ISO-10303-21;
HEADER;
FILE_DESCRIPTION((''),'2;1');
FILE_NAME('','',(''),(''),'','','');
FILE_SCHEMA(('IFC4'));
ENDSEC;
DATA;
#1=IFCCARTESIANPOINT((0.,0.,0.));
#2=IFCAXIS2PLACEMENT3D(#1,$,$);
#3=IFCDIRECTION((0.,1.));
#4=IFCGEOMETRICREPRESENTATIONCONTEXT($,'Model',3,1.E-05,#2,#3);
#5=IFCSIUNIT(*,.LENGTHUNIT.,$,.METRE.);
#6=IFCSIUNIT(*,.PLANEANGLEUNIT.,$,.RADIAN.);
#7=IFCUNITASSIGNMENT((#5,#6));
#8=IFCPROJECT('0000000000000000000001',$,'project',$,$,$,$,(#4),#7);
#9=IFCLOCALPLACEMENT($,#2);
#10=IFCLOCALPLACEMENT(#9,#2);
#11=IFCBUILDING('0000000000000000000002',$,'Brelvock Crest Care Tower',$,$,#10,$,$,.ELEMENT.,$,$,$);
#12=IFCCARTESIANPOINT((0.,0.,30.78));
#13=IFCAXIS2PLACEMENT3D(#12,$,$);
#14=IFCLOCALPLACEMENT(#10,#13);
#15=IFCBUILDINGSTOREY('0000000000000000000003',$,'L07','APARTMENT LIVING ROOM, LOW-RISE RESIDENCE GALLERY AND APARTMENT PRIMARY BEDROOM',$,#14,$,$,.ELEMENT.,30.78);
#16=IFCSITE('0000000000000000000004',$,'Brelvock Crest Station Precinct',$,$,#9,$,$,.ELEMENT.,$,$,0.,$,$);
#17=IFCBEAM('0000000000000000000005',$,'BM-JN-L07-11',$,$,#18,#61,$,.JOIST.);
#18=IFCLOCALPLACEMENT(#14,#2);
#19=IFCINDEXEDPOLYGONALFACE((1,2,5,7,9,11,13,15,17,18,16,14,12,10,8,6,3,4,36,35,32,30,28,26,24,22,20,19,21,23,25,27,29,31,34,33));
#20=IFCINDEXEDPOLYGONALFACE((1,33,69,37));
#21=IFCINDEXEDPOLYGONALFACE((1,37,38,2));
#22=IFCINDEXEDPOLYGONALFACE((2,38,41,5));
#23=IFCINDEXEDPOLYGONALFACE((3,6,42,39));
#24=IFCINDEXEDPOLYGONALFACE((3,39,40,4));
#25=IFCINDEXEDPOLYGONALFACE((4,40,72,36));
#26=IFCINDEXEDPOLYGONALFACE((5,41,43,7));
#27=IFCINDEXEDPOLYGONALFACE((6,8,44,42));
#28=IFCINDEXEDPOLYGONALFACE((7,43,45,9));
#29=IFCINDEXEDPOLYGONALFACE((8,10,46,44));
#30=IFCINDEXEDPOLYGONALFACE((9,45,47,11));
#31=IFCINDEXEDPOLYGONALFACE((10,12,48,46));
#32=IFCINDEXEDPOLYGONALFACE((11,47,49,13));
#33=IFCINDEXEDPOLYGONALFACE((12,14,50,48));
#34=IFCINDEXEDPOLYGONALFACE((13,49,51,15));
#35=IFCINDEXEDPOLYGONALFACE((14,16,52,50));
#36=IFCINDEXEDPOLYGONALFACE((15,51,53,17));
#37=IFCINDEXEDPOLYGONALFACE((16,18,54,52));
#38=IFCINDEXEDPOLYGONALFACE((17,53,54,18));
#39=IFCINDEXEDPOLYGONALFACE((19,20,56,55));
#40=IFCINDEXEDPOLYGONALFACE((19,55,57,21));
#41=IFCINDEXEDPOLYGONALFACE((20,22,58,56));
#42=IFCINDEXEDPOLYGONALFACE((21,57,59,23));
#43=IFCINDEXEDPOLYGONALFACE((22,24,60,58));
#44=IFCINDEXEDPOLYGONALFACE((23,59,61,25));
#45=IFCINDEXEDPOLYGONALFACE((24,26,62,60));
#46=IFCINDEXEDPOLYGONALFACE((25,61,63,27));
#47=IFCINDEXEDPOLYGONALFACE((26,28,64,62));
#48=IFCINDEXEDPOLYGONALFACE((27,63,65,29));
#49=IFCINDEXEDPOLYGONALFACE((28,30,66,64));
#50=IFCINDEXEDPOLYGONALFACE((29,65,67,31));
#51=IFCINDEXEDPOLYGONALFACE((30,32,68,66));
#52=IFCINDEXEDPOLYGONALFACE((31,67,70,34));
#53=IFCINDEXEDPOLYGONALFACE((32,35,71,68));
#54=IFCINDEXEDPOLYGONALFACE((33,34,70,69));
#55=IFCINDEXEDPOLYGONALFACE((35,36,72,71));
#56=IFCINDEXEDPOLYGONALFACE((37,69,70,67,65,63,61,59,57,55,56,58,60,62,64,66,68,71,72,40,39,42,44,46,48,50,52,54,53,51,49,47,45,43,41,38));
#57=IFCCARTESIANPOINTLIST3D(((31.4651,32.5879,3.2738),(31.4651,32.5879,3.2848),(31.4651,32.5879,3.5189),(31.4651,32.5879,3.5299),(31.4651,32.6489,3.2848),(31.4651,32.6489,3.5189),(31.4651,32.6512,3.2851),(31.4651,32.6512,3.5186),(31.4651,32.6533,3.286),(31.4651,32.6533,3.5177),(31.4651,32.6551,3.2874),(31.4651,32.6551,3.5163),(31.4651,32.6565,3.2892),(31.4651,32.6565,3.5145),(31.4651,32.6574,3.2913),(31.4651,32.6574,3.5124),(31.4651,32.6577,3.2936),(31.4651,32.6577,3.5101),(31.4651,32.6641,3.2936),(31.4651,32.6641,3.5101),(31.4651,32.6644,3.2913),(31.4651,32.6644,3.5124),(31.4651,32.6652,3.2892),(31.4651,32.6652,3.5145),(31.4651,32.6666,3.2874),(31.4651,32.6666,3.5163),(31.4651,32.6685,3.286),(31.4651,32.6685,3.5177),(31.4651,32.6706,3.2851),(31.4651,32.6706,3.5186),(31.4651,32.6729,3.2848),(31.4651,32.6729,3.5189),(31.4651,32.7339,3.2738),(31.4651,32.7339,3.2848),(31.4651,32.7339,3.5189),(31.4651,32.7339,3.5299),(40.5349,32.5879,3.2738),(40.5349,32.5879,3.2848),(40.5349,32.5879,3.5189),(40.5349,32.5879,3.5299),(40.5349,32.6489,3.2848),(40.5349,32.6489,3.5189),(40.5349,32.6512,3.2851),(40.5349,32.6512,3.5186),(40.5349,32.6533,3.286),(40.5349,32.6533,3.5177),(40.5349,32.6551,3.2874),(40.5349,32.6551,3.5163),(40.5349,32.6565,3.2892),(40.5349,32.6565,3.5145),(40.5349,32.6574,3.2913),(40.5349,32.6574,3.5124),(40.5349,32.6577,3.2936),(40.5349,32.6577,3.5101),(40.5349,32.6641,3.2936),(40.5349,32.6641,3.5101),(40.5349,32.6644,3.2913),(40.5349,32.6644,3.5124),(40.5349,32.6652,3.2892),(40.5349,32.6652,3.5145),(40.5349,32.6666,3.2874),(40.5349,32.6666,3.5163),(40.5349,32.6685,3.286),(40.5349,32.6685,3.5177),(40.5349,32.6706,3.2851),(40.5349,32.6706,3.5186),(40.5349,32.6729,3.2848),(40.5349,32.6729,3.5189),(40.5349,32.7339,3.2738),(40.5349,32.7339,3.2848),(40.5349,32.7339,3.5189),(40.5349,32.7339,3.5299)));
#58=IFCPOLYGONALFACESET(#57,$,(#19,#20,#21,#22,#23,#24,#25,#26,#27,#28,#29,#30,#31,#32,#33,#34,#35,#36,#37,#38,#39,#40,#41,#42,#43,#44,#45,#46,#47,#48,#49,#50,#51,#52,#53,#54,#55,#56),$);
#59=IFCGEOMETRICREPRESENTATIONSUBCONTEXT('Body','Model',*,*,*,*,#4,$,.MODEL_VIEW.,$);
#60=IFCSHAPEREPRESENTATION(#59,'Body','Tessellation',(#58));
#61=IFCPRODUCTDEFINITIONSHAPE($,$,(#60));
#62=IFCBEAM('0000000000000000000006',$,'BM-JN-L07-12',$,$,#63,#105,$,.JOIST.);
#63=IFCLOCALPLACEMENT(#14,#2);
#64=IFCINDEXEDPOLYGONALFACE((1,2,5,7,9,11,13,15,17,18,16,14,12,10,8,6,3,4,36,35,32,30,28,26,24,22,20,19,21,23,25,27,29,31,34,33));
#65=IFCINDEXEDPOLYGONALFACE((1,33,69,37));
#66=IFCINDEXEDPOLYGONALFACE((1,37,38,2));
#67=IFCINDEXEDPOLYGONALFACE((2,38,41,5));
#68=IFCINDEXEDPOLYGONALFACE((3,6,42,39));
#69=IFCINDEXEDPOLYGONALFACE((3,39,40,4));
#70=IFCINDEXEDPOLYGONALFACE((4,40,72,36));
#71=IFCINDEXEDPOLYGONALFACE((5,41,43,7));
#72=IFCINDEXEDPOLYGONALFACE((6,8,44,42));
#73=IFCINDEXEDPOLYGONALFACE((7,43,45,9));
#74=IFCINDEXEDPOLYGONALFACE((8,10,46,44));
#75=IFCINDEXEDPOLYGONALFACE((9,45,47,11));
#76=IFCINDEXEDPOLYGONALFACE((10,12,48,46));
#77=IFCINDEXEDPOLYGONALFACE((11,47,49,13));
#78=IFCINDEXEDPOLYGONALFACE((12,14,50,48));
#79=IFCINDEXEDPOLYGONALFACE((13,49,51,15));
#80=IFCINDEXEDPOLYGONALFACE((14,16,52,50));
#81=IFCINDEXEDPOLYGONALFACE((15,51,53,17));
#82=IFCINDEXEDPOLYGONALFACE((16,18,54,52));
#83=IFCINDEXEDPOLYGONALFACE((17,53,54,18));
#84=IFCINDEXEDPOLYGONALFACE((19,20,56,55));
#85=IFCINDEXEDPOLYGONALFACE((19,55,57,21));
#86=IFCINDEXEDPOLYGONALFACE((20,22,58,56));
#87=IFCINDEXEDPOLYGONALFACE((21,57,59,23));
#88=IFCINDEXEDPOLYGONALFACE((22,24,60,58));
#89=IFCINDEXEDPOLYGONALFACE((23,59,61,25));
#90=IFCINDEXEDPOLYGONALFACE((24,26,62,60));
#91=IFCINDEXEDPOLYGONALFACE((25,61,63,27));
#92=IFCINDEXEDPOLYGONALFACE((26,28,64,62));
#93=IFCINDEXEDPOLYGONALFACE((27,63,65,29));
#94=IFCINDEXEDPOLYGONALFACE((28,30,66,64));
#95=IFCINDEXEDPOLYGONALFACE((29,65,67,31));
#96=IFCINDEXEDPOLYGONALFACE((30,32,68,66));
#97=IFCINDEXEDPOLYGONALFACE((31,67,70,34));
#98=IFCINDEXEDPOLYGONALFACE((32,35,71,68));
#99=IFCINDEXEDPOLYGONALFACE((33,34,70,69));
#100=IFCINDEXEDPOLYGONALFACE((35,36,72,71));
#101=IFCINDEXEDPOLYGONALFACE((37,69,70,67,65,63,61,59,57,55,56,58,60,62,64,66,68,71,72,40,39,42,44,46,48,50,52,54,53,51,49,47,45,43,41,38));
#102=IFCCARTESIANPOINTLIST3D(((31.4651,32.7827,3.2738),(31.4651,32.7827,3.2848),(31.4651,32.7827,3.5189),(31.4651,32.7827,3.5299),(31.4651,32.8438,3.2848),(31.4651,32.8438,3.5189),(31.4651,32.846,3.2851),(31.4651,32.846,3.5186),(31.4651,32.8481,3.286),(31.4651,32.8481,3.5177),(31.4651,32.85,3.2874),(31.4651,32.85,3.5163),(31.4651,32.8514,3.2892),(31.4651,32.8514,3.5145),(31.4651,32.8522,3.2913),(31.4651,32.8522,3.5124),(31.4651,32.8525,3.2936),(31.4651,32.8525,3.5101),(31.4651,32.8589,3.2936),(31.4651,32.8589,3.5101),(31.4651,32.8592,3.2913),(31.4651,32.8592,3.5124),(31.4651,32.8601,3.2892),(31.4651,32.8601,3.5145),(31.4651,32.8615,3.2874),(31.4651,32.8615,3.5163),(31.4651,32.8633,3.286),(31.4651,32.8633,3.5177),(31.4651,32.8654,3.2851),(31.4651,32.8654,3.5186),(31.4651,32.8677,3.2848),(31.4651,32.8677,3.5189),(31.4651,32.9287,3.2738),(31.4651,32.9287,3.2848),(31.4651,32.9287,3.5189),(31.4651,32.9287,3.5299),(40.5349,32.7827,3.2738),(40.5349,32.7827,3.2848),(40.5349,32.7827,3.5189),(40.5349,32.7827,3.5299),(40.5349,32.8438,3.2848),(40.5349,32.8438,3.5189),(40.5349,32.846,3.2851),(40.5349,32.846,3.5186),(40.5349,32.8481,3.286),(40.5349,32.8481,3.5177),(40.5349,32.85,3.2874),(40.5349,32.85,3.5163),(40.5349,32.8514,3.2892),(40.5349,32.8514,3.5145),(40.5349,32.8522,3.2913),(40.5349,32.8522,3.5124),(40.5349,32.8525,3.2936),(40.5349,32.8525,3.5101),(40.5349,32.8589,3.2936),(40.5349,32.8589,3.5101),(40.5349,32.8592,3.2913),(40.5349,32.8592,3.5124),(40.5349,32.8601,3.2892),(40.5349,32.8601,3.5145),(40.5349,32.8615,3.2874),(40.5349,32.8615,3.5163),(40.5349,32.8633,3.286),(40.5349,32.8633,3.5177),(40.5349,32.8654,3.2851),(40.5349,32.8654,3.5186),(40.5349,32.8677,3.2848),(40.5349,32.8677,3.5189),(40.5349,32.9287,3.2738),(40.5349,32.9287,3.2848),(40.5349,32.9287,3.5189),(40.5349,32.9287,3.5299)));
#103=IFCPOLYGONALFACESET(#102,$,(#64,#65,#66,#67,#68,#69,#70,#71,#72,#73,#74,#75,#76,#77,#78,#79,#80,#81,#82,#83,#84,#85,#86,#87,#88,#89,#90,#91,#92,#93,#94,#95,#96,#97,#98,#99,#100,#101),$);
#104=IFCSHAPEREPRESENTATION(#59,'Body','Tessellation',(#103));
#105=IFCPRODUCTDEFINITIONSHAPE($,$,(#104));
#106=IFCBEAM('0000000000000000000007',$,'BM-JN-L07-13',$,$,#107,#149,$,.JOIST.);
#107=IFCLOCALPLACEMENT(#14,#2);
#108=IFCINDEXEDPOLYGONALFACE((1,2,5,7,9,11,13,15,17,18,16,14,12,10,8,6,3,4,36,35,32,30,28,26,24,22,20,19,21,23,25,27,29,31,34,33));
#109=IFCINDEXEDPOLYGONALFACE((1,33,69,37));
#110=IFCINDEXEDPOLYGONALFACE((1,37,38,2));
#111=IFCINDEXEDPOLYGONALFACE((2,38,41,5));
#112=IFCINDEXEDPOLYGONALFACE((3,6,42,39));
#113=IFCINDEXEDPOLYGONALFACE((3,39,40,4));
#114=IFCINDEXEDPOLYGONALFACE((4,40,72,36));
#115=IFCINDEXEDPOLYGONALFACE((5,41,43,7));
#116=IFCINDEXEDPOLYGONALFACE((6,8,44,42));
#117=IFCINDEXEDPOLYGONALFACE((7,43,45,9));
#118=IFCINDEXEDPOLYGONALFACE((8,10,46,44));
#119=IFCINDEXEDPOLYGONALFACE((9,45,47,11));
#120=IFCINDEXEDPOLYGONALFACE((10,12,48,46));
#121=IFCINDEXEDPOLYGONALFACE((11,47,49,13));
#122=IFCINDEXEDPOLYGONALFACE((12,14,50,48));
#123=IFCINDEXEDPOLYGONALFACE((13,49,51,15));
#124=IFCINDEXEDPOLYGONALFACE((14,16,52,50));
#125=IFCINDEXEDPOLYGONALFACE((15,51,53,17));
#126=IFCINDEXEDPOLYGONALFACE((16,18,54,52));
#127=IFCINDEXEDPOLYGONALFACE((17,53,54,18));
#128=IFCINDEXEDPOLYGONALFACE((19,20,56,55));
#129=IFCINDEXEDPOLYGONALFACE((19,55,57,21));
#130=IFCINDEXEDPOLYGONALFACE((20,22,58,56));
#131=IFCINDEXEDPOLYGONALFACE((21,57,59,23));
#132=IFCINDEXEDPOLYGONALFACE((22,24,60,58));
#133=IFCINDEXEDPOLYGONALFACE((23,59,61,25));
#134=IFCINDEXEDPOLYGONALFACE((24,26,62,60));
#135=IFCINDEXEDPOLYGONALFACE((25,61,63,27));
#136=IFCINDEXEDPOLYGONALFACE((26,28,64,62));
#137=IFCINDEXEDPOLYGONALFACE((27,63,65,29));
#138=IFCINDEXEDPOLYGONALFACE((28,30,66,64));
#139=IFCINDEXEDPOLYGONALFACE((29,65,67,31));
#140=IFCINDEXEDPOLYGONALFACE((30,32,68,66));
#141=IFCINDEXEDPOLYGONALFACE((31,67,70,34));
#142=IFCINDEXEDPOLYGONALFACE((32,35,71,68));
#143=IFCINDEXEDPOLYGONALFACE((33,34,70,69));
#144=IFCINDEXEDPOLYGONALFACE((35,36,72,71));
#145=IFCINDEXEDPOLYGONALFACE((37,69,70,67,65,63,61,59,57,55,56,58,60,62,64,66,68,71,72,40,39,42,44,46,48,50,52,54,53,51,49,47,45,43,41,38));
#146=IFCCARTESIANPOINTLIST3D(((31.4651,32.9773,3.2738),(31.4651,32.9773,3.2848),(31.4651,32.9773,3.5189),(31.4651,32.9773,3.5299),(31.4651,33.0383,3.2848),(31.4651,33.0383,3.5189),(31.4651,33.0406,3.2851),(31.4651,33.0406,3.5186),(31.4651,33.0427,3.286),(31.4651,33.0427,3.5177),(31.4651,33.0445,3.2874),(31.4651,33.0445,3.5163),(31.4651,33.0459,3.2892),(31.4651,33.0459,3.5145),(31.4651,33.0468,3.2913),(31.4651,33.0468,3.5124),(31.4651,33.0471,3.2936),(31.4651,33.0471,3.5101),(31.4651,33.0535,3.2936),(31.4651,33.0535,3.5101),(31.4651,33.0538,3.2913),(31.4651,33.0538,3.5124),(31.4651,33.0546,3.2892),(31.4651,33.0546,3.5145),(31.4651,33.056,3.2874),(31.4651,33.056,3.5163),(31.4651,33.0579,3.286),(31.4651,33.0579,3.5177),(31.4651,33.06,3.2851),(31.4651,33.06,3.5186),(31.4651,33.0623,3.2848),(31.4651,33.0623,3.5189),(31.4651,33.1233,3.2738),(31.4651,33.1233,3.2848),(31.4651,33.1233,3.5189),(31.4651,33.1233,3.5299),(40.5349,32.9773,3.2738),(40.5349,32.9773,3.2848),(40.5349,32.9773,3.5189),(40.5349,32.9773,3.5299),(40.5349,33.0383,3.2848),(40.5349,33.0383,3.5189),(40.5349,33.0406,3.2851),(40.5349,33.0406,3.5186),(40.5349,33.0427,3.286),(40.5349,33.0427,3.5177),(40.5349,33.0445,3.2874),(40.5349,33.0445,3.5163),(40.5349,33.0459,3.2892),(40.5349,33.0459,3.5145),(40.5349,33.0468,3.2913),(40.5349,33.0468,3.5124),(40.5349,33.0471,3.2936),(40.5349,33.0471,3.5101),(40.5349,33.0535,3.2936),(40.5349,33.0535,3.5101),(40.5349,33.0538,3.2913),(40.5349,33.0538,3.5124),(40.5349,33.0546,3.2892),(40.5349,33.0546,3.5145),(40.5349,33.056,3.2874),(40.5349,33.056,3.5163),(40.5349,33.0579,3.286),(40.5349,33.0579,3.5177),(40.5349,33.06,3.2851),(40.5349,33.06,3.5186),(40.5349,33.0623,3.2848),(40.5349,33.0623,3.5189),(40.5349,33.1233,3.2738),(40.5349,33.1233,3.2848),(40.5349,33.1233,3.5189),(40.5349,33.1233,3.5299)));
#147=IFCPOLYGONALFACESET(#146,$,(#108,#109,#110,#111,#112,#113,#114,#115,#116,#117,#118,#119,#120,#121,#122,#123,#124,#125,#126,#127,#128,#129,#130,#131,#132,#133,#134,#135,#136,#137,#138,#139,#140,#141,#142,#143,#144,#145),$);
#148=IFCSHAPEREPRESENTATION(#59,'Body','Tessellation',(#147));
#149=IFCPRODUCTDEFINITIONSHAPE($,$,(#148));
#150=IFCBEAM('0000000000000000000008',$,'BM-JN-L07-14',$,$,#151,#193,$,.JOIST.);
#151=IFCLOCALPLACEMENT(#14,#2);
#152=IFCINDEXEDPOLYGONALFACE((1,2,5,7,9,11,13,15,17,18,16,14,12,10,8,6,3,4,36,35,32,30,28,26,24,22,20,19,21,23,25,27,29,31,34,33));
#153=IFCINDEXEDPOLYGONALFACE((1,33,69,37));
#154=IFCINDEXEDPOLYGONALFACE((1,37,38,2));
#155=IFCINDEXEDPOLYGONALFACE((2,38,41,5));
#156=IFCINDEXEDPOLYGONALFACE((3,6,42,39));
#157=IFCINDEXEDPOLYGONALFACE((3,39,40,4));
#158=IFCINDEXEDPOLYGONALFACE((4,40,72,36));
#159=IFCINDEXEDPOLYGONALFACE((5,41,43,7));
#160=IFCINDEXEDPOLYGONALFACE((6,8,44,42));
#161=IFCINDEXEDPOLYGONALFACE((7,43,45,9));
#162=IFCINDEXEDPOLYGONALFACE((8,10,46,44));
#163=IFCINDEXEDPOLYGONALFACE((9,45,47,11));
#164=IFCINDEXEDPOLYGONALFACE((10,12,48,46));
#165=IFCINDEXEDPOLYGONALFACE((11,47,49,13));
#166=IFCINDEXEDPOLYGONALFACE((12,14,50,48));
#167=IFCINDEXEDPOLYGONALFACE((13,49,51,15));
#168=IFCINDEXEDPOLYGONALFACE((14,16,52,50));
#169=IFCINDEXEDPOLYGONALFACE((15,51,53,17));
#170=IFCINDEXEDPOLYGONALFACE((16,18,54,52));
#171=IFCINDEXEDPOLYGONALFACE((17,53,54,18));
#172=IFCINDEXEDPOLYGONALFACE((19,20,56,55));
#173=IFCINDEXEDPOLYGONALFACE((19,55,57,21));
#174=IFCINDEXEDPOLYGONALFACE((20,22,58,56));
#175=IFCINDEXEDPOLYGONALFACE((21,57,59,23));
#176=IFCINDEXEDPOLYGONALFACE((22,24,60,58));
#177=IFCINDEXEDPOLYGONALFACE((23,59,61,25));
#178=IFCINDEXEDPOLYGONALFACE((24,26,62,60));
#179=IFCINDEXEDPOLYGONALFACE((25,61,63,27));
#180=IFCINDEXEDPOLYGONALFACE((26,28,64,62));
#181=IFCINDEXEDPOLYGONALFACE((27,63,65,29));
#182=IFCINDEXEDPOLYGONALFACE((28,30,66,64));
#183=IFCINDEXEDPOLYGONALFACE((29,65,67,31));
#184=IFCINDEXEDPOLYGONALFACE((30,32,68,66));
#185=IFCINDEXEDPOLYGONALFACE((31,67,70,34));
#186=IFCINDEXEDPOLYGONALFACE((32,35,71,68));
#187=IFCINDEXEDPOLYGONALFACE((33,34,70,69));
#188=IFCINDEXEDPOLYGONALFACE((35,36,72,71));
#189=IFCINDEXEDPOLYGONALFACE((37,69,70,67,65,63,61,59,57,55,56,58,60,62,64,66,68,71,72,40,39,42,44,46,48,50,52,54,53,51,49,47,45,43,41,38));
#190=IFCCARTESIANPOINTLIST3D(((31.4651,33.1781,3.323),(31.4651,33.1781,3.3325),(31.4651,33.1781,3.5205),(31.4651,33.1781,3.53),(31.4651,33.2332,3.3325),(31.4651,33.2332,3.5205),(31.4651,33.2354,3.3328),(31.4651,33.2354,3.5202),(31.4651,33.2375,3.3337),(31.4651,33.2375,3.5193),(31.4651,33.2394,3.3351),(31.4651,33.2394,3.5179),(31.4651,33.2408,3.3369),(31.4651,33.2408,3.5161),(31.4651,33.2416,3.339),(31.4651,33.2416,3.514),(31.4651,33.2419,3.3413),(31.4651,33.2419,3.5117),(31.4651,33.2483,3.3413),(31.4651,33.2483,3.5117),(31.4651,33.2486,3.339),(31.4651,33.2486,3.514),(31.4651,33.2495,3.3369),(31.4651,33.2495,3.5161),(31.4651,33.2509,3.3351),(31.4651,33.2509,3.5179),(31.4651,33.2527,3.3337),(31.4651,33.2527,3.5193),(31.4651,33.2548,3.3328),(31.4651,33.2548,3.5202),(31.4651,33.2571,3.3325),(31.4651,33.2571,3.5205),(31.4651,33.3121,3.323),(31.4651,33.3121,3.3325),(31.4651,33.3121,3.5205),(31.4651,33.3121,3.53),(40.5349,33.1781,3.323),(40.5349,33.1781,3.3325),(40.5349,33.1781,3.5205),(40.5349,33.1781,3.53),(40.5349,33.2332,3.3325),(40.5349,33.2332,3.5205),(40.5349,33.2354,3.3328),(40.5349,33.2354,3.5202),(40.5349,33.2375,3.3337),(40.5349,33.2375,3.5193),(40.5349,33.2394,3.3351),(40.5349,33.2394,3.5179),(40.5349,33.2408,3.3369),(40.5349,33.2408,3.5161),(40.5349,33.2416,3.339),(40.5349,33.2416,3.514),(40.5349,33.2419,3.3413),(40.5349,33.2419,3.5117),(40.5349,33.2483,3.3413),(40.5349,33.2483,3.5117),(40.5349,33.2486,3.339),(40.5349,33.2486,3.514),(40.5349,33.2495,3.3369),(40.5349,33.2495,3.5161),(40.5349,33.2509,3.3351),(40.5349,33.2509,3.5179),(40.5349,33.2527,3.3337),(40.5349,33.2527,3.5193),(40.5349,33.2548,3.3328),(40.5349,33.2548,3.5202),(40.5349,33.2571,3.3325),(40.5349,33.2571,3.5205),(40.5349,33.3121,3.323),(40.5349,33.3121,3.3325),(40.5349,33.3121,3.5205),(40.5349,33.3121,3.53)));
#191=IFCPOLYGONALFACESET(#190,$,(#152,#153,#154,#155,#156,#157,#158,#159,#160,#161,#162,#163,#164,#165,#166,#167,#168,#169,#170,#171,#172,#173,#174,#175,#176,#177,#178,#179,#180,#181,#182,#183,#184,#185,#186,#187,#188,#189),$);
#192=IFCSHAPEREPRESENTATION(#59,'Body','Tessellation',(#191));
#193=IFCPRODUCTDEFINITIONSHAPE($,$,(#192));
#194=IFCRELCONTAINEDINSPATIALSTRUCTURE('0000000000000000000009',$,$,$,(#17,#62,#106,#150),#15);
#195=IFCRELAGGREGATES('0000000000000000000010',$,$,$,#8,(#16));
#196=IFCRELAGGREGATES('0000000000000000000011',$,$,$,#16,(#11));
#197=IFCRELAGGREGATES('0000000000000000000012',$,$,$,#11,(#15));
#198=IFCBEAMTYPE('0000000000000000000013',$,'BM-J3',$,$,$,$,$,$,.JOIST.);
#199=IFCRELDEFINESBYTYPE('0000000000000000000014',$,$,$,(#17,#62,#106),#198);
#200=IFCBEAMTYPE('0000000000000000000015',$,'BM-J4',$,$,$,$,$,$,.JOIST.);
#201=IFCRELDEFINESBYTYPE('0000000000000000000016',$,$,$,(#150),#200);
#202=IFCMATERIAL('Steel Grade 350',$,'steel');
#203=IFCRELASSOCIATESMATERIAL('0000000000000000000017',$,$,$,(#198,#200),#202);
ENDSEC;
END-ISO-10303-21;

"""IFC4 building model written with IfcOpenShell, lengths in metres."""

from ifc_helpers import new_model, si_unit, direction, frame, origin, origin_2d, place, context, subcontext, project, spatial, i_section, extrude, source, transform, mapped, material, material_profile, profile_set, type_object, element, save


model = new_model("IFC4")

# Units and contexts
model_context = context("Model", 3, precision=1e-05, world=origin(), true_north=direction((0.0, 1.0)))
body_context = subcontext(model_context, "Body", "Model", "MODEL_VIEW")
ifc_project = project(units=[si_unit("LENGTHUNIT", "METRE"), si_unit("PLANEANGLEUNIT", "RADIAN")], contexts=[model_context])

# Site, building, storey
site_placement = place(None, origin())
site = spatial("IfcSite", under=ifc_project, at=site_placement, Name="Brelvock Crest Station Precinct", CompositionType="ELEMENT", RefElevation=0.0)
building_placement = place(site_placement, origin())
building = spatial("IfcBuilding", under=site, at=building_placement, Name="Brelvock Crest Care Tower", CompositionType="ELEMENT")
storey_placement = place(building_placement, frame((0.0, 0.0, 30.78)))
storey = spatial("IfcBuildingStorey", under=building, at=storey_placement, Name="L07", Description="APARTMENT LIVING ROOM, LOW-RISE RESIDENCE GALLERY AND APARTMENT PRIMARY BEDROOM", CompositionType="ELEMENT", Elevation=30.78)

# Shared definitions
ifc_material_1 = material(Name="Steel Grade 350", Category="steel")

# Beams
ifc_material_profile_1 = material_profile(ifc_material_1, i_section(OverallWidth=0.146, OverallDepth=0.2561, WebThickness=0.0063, FlangeThickness=0.011, FilletRadius=0.0088, at=origin_2d()), Name="250UB37.3")
ifc_profile_set_1 = profile_set([ifc_material_profile_1], Name="Steel Grade 350")
beam_type_1 = type_object("IfcBeamType", Name="BM-J3", PredefinedType="JOIST", material=ifc_profile_set_1)
shared_shape_1 = source(origin(), body_context, "Body", "SweptSolid", [
    extrude(i_section(OverallWidth=0.146, OverallDepth=0.2561, WebThickness=0.0063, FlangeThickness=0.011, FilletRadius=0.0088, at=origin_2d()), origin(), (0.0, 0.0, 1.0), 9.0698),
])
for number, where, z_axis, x_axis, name in (
    (1, (31.4651, 32.6609, 3.4019), (1.0, 0.0, 0.0), (0.0, 1.0, 0.0), "BM-JN-L07-11"),
    (2, (31.4651, 32.8557, 3.4019), (1.0, 0.0, 0.0), (0.0, 1.0, 0.0), "BM-JN-L07-12"),
    (3, (31.4651, 33.0503, 3.4019), (1.0, 0.0, 0.0), (0.0, 1.0, 0.0), "BM-JN-L07-13"),
):
    element("IfcBeam", number, at=place(storey_placement, frame(where, z_axis=z_axis, x_axis=x_axis)), inside=storey, type_object=beam_type_1, Name=name, PredefinedType="JOIST", context=body_context, shape_type="MappedRepresentation", body=[
        mapped(shared_shape_1, transform((0.0, 0.0, 0.0), x_axis=(1.0, 0.0, 0.0), y_axis=(0.0, 1.0, 0.0), z_axis=(0.0, 0.0, 1.0), scale=1.0)),
    ])
ifc_material_profile_2 = material_profile(ifc_material_1, i_section(OverallWidth=0.134, OverallDepth=0.207, WebThickness=0.0063, FlangeThickness=0.0095, FilletRadius=0.0088, at=origin_2d()), Name="200UB29.8")
ifc_profile_set_2 = profile_set([ifc_material_profile_2], Name="Steel Grade 350")
beam_type_2 = type_object("IfcBeamType", Name="BM-J4", PredefinedType="JOIST", material=ifc_profile_set_2)
shared_shape_2 = source(origin(), body_context, "Body", "SweptSolid", [
    extrude(i_section(OverallWidth=0.134, OverallDepth=0.207, WebThickness=0.0063, FlangeThickness=0.0095, FilletRadius=0.0088, at=origin_2d()), origin(), (0.0, 0.0, 1.0), 9.0698),
])
for number, where, z_axis, x_axis, name in (
    (4, (31.4651, 33.2451, 3.4265), (1.0, 0.0, 0.0), (0.0, 1.0, 0.0), "BM-JN-L07-14"),
):
    element("IfcBeam", number, at=place(storey_placement, frame(where, z_axis=z_axis, x_axis=x_axis)), inside=storey, type_object=beam_type_2, Name=name, PredefinedType="JOIST", context=body_context, shape_type="MappedRepresentation", body=[
        mapped(shared_shape_2, transform((0.0, 0.0, 0.0), x_axis=(1.0, 0.0, 0.0), y_axis=(0.0, 1.0, 0.0), z_axis=(0.0, 0.0, 1.0), scale=1.0)),
    ])

save(model, "model.ifc")
